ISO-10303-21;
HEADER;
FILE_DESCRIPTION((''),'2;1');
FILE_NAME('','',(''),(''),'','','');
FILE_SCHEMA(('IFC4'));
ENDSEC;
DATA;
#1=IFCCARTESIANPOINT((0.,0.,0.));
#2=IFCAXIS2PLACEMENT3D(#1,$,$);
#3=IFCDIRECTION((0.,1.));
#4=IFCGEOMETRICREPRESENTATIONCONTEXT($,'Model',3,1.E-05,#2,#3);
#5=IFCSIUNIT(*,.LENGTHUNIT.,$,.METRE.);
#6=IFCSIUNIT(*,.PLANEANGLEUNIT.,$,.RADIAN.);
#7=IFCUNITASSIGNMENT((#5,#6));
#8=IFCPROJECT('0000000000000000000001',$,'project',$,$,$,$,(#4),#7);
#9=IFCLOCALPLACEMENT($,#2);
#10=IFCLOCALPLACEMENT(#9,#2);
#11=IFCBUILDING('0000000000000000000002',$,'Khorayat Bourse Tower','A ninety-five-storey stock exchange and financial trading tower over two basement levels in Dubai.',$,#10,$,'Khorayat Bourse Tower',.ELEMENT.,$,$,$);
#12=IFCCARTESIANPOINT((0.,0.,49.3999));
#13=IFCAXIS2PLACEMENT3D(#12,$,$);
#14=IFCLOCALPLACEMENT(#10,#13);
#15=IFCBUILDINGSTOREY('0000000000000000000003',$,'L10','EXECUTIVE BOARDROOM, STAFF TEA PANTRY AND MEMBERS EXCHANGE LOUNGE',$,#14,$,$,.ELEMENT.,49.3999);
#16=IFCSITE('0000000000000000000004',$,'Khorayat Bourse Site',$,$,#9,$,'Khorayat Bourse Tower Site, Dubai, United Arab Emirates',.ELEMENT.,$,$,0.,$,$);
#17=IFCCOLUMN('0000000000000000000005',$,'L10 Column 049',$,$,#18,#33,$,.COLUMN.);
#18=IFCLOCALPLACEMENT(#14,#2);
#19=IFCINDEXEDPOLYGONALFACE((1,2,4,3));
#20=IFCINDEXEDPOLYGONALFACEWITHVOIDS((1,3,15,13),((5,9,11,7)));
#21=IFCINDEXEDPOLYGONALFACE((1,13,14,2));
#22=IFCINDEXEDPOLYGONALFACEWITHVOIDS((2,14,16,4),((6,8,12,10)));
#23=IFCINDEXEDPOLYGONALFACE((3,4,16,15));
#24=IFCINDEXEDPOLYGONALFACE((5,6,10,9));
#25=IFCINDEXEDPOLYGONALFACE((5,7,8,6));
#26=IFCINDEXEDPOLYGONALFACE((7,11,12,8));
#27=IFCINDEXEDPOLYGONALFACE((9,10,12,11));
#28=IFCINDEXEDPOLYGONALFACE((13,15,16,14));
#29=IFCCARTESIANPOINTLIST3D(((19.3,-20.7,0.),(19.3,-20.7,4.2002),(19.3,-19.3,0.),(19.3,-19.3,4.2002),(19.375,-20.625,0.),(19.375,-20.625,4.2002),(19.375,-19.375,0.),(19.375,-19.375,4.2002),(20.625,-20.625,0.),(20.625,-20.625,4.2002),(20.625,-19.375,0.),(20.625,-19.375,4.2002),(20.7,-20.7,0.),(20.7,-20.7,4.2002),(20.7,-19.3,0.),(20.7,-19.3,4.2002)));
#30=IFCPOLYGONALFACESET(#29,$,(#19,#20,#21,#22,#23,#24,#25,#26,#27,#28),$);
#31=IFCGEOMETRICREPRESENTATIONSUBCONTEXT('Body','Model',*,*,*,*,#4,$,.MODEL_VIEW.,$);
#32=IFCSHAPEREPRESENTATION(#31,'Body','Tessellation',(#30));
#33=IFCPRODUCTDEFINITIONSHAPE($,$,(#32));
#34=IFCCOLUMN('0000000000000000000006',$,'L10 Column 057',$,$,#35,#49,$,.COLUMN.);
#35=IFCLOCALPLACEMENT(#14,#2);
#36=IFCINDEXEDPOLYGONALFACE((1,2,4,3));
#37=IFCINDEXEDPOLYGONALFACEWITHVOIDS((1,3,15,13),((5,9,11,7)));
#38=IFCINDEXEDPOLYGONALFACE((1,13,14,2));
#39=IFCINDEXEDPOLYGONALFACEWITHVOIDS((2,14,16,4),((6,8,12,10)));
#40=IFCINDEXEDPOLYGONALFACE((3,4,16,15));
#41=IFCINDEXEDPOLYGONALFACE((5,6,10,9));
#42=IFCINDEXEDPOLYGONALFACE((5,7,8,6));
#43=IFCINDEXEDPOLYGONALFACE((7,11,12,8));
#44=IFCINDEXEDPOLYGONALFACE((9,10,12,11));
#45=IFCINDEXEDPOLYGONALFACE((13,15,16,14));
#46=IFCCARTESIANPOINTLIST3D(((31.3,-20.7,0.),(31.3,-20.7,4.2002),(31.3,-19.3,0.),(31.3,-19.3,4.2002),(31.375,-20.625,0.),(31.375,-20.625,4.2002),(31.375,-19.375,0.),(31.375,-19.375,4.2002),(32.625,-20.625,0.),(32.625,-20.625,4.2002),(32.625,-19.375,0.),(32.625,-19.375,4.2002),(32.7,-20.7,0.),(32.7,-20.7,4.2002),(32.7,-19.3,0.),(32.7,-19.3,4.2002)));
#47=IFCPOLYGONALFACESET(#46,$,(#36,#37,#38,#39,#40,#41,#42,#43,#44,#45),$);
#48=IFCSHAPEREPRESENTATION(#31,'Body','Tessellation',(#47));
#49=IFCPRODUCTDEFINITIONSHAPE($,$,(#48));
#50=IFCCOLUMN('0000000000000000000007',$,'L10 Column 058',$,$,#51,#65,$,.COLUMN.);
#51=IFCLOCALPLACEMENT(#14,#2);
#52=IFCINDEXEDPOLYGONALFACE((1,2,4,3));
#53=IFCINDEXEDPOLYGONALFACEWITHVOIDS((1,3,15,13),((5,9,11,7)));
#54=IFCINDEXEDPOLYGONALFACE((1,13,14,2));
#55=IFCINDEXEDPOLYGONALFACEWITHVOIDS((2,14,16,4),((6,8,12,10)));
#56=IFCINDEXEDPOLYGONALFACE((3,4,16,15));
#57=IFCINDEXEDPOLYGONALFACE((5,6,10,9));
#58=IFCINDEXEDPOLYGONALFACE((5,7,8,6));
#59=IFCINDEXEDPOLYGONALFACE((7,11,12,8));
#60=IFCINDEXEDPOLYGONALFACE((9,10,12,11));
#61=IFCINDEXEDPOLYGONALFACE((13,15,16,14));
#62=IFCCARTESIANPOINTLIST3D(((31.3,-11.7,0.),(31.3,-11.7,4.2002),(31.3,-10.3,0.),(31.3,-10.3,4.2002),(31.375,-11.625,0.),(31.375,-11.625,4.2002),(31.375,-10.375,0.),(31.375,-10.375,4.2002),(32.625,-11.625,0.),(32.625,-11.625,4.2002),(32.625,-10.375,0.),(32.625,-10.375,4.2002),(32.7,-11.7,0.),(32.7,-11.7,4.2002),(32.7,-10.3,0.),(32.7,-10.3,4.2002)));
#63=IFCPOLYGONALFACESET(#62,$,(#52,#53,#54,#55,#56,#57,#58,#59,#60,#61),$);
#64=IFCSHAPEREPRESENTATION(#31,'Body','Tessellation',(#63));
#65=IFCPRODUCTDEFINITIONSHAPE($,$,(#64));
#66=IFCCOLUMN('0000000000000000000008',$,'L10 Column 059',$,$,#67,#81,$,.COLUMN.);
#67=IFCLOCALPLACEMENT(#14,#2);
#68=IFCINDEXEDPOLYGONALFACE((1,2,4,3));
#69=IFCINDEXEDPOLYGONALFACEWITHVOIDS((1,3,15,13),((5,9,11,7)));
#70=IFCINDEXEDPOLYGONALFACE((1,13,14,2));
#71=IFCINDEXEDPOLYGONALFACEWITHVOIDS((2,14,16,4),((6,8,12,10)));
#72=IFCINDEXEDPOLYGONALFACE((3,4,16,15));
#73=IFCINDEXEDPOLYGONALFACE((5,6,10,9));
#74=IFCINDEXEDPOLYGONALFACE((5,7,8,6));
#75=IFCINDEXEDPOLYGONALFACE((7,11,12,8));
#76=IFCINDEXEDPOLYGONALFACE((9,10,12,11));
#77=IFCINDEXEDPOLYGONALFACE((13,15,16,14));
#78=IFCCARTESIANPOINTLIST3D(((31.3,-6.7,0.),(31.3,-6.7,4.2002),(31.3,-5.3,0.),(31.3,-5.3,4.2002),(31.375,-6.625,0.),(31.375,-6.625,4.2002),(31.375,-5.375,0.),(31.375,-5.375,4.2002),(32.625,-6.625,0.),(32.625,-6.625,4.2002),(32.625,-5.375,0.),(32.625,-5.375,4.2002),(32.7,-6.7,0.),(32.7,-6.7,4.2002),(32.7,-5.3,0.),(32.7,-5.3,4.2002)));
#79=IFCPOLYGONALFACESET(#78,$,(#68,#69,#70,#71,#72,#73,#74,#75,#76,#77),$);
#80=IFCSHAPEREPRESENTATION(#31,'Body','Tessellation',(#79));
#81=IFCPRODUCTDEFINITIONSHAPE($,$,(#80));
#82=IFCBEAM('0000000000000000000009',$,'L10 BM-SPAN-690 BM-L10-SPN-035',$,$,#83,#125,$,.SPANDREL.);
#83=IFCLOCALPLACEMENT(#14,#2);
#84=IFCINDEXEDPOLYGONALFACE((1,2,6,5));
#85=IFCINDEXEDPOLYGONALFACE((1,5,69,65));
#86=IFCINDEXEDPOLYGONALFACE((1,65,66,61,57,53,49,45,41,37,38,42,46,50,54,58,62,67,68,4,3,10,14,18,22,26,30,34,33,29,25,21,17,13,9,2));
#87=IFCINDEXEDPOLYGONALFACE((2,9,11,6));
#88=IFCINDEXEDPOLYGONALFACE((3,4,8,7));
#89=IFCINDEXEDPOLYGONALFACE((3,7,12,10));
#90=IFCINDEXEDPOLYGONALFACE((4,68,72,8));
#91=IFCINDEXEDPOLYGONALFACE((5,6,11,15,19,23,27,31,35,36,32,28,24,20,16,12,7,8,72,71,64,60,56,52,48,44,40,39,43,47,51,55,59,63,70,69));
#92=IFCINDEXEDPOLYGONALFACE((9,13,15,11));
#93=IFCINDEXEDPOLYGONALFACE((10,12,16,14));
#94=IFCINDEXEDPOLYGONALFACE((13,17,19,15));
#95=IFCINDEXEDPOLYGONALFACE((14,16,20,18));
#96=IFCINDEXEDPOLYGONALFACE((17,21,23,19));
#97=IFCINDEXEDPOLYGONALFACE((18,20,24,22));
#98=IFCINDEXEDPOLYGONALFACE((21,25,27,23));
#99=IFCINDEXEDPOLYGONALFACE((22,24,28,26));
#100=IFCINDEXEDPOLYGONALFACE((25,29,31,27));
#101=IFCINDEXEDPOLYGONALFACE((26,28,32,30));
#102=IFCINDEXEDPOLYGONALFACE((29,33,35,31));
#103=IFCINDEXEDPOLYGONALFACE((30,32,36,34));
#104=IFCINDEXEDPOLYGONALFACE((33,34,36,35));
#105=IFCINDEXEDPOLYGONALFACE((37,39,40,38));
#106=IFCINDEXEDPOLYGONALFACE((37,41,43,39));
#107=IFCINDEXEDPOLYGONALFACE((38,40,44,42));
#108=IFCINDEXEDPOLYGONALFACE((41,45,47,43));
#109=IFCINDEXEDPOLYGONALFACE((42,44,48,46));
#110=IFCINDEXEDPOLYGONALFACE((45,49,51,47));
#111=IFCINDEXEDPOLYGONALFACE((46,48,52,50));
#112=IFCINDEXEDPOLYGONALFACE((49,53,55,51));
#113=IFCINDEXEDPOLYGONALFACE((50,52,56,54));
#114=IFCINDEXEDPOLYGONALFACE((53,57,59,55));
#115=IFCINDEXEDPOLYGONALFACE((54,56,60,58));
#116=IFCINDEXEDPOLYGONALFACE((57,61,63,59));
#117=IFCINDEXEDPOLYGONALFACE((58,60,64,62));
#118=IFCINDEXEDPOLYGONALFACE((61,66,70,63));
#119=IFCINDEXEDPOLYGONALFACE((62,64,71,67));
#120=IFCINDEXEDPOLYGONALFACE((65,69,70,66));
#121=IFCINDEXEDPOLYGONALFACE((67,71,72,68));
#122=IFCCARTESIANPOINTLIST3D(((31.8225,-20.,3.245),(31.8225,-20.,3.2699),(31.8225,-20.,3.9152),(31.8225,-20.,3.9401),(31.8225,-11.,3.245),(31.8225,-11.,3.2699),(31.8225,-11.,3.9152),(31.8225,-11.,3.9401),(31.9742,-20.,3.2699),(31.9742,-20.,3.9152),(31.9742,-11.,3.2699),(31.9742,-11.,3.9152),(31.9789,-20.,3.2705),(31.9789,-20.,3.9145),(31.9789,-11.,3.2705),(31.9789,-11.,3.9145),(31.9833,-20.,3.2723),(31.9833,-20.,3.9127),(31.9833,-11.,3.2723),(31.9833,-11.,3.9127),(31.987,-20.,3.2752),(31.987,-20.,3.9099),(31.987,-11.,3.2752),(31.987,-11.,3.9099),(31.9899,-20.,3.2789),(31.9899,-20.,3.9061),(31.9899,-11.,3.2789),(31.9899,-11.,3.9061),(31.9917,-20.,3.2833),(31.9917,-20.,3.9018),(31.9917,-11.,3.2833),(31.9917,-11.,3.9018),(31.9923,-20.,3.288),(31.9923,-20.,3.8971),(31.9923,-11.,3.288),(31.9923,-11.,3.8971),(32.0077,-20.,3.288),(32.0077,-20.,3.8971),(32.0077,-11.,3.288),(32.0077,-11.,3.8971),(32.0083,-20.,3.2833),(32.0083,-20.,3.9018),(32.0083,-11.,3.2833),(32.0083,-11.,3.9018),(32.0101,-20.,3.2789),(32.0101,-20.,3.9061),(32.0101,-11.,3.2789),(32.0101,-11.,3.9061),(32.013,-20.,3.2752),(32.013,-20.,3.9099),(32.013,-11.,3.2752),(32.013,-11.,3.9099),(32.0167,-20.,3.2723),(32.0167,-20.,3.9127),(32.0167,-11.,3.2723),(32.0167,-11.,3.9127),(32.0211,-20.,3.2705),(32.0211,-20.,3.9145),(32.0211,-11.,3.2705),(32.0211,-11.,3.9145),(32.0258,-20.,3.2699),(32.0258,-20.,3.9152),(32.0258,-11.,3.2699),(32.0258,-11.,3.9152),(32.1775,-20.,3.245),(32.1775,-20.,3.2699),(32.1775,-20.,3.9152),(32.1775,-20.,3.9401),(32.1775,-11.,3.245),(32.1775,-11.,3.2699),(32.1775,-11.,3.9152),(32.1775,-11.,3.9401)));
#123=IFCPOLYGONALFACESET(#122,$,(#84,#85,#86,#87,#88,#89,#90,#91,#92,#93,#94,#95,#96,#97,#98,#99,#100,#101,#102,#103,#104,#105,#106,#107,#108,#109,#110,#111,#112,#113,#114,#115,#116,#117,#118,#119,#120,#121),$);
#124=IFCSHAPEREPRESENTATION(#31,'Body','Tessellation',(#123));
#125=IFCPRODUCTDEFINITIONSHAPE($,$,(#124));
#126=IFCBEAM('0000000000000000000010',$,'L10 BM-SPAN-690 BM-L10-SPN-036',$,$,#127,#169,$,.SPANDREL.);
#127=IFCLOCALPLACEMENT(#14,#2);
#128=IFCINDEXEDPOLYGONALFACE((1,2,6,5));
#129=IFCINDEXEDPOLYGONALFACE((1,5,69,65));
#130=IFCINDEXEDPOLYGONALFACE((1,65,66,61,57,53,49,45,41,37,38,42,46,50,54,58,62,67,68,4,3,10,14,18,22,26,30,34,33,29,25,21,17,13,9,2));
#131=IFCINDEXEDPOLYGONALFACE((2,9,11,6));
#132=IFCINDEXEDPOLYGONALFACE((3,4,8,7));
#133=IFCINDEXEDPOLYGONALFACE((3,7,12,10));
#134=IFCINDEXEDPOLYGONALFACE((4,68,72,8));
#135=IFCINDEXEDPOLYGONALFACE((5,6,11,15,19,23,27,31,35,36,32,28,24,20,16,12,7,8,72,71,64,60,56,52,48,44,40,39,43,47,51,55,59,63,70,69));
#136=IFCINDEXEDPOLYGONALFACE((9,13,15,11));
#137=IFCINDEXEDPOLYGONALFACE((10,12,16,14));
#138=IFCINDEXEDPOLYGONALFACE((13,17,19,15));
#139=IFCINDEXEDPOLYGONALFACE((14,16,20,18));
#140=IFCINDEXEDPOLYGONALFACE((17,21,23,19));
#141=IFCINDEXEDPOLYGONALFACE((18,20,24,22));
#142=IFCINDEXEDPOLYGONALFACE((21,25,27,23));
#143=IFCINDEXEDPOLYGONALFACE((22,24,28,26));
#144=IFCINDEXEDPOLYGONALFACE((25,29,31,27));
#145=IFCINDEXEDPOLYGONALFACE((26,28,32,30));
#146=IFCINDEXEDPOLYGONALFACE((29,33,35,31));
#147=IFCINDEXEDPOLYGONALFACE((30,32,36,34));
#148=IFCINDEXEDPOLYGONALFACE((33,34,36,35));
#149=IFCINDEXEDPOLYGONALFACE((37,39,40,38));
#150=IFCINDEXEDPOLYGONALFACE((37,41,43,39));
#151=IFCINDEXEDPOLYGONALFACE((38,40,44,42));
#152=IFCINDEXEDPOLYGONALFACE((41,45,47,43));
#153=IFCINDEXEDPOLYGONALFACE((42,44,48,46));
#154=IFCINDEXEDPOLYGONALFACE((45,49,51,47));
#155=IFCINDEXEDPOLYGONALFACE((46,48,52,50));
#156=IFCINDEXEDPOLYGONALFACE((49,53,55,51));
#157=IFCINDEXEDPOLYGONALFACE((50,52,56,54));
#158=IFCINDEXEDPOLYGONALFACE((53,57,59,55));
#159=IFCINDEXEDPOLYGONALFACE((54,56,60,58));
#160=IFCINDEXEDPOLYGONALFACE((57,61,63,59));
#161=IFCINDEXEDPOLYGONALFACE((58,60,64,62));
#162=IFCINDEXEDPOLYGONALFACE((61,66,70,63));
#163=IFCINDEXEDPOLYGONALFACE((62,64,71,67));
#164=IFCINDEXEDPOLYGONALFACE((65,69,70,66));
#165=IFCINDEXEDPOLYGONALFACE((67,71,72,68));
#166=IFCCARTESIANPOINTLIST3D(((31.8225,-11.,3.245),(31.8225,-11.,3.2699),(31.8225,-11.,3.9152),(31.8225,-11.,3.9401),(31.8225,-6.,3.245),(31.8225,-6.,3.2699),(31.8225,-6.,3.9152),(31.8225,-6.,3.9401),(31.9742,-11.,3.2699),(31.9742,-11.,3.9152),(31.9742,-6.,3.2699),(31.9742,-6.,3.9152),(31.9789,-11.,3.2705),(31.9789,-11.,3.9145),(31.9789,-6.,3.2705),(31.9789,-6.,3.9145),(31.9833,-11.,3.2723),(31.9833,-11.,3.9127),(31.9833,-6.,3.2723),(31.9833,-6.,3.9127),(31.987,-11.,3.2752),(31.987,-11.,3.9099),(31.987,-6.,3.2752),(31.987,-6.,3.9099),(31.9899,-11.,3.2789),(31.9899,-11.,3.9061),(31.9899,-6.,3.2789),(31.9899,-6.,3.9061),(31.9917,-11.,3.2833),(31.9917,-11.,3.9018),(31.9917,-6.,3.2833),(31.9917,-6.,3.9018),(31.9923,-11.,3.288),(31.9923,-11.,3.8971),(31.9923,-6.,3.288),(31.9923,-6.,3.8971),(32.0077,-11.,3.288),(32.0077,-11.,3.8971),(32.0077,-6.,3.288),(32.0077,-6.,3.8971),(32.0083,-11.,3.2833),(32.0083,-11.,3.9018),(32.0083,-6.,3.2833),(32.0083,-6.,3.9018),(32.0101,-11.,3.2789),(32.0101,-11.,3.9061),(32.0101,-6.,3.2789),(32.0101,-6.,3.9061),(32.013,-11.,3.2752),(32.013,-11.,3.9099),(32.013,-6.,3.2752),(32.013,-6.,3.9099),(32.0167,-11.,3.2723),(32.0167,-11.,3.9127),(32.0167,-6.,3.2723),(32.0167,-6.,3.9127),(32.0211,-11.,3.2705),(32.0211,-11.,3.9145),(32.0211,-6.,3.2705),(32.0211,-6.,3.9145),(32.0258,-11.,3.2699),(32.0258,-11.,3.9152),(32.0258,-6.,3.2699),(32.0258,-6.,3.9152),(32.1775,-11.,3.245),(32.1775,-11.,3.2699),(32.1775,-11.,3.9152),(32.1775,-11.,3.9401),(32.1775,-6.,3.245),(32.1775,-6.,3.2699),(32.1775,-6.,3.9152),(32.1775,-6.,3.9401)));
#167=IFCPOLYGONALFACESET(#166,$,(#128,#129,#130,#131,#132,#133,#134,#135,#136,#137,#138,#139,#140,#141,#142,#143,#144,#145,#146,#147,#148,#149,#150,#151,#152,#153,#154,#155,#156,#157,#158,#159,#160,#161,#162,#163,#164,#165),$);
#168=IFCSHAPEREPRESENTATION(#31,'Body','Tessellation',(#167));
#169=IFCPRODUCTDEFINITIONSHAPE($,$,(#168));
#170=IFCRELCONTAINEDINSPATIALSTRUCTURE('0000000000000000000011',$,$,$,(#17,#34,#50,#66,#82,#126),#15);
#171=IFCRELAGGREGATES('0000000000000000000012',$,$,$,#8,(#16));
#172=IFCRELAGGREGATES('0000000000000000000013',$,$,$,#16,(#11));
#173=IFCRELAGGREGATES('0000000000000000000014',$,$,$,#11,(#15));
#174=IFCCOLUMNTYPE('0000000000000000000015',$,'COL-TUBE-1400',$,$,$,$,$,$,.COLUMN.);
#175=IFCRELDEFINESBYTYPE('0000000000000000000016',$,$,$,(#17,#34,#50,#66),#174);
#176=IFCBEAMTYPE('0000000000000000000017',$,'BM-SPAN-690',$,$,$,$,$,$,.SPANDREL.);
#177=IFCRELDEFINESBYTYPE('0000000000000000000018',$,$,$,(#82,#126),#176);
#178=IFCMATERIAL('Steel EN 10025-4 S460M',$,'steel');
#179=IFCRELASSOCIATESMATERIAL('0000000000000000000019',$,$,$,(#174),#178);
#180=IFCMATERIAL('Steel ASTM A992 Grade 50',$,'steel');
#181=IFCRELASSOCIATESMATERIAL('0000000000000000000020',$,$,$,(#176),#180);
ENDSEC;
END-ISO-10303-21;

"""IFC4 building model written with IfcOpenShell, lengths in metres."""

from ifc_helpers import new_model, si_unit, direction, frame, origin, origin_2d, place, context, subcontext, project, spatial, hollow_rectangle, i_section, extrude, source, transform, mapped, material, material_profile, profile_set, type_object, element, save


model = new_model("IFC4")

# Units and contexts
model_context = context("Model", 3, precision=1e-05, world=origin(), true_north=direction((0.0, 1.0)))
body_context = subcontext(model_context, "Body", "Model", "MODEL_VIEW")
ifc_project = project(units=[si_unit("LENGTHUNIT", "METRE"), si_unit("PLANEANGLEUNIT", "RADIAN")], contexts=[model_context])

# Site, building, storey
site_placement = place(None, origin())
site = spatial("IfcSite", under=ifc_project, at=site_placement, Name="Khorayat Bourse Site", LongName="Khorayat Bourse Tower Site, Dubai, United Arab Emirates", CompositionType="ELEMENT", RefElevation=0.0)
building_placement = place(site_placement, origin())
building = spatial("IfcBuilding", under=site, at=building_placement, Name="Khorayat Bourse Tower", Description="A ninety-five-storey stock exchange and financial trading tower over two basement levels in Dubai.", LongName="Khorayat Bourse Tower", CompositionType="ELEMENT")
storey_placement = place(building_placement, frame((0.0, 0.0, 49.3999)))
storey = spatial("IfcBuildingStorey", under=building, at=storey_placement, Name="L10", Description="EXECUTIVE BOARDROOM, STAFF TEA PANTRY AND MEMBERS EXCHANGE LOUNGE", CompositionType="ELEMENT", Elevation=49.3999)

# Columns
ifc_material_1 = material(Name="Steel EN 10025-4 S460M", Category="steel")
ifc_material_profile_1 = material_profile(ifc_material_1, hollow_rectangle(XDim=1.3999, YDim=1.3999, WallThickness=0.075, at=origin_2d()), Name="BOX 1400x1400x75")
ifc_profile_set_1 = profile_set([ifc_material_profile_1], Name="Steel EN 10025-4 S460M")
column_type = type_object("IfcColumnType", Name="COL-TUBE-1400", PredefinedType="COLUMN", material=ifc_profile_set_1)
shared_shape_1 = source(origin(), body_context, "Body", "SweptSolid", [
    extrude(hollow_rectangle(XDim=1.3999, YDim=1.3999, WallThickness=0.075, at=origin_2d()), origin(), (0.0, 0.0, 1.0), 4.2002),
])
for number, where, z_axis, x_axis, name in (
    (1, (20.0, -20.0, 0.0), (0.0, 0.0, 1.0), (1.0, 0.0, 0.0), "L10 Column 049"),
    (2, (32.0, -20.0, 0.0), (0.0, 0.0, 1.0), (1.0, 0.0, 0.0), "L10 Column 057"),
    (3, (32.0, -11.0, 0.0), (0.0, 0.0, 1.0), (1.0, 0.0, 0.0), "L10 Column 058"),
    (4, (32.0, -6.0, 0.0), (0.0, 0.0, 1.0), (1.0, 0.0, 0.0), "L10 Column 059"),
):
    element("IfcColumn", number, at=place(storey_placement, frame(where, z_axis=z_axis, x_axis=x_axis)), inside=storey, type_object=column_type, Name=name, PredefinedType="COLUMN", context=body_context, shape_type="MappedRepresentation", body=[
        mapped(shared_shape_1, transform((0.0, 0.0, 0.0), scale=1.0)),
    ])

# Beams
ifc_material_2 = material(Name="Steel ASTM A992 Grade 50", Category="steel")
ifc_material_profile_2 = material_profile(ifc_material_2, i_section(OverallWidth=0.355, OverallDepth=0.6951, WebThickness=0.0154, FlangeThickness=0.0249, FilletRadius=0.0181, at=origin_2d()), Name="W690X217")
ifc_profile_set_2 = profile_set([ifc_material_profile_2], Name="Steel ASTM A992 Grade 50")
beam_type_1 = type_object("IfcBeamType", Name="BM-SPAN-690", PredefinedType="SPANDREL", material=ifc_profile_set_2)
shared_shape_2 = source(origin(), body_context, "Body", "SweptSolid", [
    extrude(i_section(OverallWidth=0.355, OverallDepth=0.6951, WebThickness=0.0154, FlangeThickness=0.0249, FilletRadius=0.0181, at=origin_2d()), origin(), (0.0, 0.0, 1.0), 9.0),
])
beam_1_placement = place(storey_placement, frame((32.0, -20.0, 3.5925), z_axis=(0.0, 1.0, 0.0), x_axis=(-1.0, 0.0, 0.0)))
element("IfcBeam", 5, at=beam_1_placement, inside=storey, type_object=beam_type_1, Name="L10 BM-SPAN-690 BM-L10-SPN-035", PredefinedType="SPANDREL", context=body_context, shape_type="MappedRepresentation", body=[
    mapped(shared_shape_2, transform((0.0, 0.0, 0.0), scale=1.0)),
])
shared_shape_3 = source(origin(), body_context, "Body", "SweptSolid", [
    extrude(i_section(OverallWidth=0.355, OverallDepth=0.6951, WebThickness=0.0154, FlangeThickness=0.0249, FilletRadius=0.0181, at=origin_2d()), origin(), (0.0, 0.0, 1.0), 5.0),
])
beam_2_placement = place(storey_placement, frame((32.0, -11.0, 3.5925), z_axis=(0.0, 1.0, 0.0), x_axis=(-1.0, 0.0, 0.0)))
element("IfcBeam", 6, at=beam_2_placement, inside=storey, type_object=beam_type_1, Name="L10 BM-SPAN-690 BM-L10-SPN-036", PredefinedType="SPANDREL", context=body_context, shape_type="MappedRepresentation", body=[
    mapped(shared_shape_3, transform((0.0, 0.0, 0.0), scale=1.0)),
])

save(model, "model.ifc")
